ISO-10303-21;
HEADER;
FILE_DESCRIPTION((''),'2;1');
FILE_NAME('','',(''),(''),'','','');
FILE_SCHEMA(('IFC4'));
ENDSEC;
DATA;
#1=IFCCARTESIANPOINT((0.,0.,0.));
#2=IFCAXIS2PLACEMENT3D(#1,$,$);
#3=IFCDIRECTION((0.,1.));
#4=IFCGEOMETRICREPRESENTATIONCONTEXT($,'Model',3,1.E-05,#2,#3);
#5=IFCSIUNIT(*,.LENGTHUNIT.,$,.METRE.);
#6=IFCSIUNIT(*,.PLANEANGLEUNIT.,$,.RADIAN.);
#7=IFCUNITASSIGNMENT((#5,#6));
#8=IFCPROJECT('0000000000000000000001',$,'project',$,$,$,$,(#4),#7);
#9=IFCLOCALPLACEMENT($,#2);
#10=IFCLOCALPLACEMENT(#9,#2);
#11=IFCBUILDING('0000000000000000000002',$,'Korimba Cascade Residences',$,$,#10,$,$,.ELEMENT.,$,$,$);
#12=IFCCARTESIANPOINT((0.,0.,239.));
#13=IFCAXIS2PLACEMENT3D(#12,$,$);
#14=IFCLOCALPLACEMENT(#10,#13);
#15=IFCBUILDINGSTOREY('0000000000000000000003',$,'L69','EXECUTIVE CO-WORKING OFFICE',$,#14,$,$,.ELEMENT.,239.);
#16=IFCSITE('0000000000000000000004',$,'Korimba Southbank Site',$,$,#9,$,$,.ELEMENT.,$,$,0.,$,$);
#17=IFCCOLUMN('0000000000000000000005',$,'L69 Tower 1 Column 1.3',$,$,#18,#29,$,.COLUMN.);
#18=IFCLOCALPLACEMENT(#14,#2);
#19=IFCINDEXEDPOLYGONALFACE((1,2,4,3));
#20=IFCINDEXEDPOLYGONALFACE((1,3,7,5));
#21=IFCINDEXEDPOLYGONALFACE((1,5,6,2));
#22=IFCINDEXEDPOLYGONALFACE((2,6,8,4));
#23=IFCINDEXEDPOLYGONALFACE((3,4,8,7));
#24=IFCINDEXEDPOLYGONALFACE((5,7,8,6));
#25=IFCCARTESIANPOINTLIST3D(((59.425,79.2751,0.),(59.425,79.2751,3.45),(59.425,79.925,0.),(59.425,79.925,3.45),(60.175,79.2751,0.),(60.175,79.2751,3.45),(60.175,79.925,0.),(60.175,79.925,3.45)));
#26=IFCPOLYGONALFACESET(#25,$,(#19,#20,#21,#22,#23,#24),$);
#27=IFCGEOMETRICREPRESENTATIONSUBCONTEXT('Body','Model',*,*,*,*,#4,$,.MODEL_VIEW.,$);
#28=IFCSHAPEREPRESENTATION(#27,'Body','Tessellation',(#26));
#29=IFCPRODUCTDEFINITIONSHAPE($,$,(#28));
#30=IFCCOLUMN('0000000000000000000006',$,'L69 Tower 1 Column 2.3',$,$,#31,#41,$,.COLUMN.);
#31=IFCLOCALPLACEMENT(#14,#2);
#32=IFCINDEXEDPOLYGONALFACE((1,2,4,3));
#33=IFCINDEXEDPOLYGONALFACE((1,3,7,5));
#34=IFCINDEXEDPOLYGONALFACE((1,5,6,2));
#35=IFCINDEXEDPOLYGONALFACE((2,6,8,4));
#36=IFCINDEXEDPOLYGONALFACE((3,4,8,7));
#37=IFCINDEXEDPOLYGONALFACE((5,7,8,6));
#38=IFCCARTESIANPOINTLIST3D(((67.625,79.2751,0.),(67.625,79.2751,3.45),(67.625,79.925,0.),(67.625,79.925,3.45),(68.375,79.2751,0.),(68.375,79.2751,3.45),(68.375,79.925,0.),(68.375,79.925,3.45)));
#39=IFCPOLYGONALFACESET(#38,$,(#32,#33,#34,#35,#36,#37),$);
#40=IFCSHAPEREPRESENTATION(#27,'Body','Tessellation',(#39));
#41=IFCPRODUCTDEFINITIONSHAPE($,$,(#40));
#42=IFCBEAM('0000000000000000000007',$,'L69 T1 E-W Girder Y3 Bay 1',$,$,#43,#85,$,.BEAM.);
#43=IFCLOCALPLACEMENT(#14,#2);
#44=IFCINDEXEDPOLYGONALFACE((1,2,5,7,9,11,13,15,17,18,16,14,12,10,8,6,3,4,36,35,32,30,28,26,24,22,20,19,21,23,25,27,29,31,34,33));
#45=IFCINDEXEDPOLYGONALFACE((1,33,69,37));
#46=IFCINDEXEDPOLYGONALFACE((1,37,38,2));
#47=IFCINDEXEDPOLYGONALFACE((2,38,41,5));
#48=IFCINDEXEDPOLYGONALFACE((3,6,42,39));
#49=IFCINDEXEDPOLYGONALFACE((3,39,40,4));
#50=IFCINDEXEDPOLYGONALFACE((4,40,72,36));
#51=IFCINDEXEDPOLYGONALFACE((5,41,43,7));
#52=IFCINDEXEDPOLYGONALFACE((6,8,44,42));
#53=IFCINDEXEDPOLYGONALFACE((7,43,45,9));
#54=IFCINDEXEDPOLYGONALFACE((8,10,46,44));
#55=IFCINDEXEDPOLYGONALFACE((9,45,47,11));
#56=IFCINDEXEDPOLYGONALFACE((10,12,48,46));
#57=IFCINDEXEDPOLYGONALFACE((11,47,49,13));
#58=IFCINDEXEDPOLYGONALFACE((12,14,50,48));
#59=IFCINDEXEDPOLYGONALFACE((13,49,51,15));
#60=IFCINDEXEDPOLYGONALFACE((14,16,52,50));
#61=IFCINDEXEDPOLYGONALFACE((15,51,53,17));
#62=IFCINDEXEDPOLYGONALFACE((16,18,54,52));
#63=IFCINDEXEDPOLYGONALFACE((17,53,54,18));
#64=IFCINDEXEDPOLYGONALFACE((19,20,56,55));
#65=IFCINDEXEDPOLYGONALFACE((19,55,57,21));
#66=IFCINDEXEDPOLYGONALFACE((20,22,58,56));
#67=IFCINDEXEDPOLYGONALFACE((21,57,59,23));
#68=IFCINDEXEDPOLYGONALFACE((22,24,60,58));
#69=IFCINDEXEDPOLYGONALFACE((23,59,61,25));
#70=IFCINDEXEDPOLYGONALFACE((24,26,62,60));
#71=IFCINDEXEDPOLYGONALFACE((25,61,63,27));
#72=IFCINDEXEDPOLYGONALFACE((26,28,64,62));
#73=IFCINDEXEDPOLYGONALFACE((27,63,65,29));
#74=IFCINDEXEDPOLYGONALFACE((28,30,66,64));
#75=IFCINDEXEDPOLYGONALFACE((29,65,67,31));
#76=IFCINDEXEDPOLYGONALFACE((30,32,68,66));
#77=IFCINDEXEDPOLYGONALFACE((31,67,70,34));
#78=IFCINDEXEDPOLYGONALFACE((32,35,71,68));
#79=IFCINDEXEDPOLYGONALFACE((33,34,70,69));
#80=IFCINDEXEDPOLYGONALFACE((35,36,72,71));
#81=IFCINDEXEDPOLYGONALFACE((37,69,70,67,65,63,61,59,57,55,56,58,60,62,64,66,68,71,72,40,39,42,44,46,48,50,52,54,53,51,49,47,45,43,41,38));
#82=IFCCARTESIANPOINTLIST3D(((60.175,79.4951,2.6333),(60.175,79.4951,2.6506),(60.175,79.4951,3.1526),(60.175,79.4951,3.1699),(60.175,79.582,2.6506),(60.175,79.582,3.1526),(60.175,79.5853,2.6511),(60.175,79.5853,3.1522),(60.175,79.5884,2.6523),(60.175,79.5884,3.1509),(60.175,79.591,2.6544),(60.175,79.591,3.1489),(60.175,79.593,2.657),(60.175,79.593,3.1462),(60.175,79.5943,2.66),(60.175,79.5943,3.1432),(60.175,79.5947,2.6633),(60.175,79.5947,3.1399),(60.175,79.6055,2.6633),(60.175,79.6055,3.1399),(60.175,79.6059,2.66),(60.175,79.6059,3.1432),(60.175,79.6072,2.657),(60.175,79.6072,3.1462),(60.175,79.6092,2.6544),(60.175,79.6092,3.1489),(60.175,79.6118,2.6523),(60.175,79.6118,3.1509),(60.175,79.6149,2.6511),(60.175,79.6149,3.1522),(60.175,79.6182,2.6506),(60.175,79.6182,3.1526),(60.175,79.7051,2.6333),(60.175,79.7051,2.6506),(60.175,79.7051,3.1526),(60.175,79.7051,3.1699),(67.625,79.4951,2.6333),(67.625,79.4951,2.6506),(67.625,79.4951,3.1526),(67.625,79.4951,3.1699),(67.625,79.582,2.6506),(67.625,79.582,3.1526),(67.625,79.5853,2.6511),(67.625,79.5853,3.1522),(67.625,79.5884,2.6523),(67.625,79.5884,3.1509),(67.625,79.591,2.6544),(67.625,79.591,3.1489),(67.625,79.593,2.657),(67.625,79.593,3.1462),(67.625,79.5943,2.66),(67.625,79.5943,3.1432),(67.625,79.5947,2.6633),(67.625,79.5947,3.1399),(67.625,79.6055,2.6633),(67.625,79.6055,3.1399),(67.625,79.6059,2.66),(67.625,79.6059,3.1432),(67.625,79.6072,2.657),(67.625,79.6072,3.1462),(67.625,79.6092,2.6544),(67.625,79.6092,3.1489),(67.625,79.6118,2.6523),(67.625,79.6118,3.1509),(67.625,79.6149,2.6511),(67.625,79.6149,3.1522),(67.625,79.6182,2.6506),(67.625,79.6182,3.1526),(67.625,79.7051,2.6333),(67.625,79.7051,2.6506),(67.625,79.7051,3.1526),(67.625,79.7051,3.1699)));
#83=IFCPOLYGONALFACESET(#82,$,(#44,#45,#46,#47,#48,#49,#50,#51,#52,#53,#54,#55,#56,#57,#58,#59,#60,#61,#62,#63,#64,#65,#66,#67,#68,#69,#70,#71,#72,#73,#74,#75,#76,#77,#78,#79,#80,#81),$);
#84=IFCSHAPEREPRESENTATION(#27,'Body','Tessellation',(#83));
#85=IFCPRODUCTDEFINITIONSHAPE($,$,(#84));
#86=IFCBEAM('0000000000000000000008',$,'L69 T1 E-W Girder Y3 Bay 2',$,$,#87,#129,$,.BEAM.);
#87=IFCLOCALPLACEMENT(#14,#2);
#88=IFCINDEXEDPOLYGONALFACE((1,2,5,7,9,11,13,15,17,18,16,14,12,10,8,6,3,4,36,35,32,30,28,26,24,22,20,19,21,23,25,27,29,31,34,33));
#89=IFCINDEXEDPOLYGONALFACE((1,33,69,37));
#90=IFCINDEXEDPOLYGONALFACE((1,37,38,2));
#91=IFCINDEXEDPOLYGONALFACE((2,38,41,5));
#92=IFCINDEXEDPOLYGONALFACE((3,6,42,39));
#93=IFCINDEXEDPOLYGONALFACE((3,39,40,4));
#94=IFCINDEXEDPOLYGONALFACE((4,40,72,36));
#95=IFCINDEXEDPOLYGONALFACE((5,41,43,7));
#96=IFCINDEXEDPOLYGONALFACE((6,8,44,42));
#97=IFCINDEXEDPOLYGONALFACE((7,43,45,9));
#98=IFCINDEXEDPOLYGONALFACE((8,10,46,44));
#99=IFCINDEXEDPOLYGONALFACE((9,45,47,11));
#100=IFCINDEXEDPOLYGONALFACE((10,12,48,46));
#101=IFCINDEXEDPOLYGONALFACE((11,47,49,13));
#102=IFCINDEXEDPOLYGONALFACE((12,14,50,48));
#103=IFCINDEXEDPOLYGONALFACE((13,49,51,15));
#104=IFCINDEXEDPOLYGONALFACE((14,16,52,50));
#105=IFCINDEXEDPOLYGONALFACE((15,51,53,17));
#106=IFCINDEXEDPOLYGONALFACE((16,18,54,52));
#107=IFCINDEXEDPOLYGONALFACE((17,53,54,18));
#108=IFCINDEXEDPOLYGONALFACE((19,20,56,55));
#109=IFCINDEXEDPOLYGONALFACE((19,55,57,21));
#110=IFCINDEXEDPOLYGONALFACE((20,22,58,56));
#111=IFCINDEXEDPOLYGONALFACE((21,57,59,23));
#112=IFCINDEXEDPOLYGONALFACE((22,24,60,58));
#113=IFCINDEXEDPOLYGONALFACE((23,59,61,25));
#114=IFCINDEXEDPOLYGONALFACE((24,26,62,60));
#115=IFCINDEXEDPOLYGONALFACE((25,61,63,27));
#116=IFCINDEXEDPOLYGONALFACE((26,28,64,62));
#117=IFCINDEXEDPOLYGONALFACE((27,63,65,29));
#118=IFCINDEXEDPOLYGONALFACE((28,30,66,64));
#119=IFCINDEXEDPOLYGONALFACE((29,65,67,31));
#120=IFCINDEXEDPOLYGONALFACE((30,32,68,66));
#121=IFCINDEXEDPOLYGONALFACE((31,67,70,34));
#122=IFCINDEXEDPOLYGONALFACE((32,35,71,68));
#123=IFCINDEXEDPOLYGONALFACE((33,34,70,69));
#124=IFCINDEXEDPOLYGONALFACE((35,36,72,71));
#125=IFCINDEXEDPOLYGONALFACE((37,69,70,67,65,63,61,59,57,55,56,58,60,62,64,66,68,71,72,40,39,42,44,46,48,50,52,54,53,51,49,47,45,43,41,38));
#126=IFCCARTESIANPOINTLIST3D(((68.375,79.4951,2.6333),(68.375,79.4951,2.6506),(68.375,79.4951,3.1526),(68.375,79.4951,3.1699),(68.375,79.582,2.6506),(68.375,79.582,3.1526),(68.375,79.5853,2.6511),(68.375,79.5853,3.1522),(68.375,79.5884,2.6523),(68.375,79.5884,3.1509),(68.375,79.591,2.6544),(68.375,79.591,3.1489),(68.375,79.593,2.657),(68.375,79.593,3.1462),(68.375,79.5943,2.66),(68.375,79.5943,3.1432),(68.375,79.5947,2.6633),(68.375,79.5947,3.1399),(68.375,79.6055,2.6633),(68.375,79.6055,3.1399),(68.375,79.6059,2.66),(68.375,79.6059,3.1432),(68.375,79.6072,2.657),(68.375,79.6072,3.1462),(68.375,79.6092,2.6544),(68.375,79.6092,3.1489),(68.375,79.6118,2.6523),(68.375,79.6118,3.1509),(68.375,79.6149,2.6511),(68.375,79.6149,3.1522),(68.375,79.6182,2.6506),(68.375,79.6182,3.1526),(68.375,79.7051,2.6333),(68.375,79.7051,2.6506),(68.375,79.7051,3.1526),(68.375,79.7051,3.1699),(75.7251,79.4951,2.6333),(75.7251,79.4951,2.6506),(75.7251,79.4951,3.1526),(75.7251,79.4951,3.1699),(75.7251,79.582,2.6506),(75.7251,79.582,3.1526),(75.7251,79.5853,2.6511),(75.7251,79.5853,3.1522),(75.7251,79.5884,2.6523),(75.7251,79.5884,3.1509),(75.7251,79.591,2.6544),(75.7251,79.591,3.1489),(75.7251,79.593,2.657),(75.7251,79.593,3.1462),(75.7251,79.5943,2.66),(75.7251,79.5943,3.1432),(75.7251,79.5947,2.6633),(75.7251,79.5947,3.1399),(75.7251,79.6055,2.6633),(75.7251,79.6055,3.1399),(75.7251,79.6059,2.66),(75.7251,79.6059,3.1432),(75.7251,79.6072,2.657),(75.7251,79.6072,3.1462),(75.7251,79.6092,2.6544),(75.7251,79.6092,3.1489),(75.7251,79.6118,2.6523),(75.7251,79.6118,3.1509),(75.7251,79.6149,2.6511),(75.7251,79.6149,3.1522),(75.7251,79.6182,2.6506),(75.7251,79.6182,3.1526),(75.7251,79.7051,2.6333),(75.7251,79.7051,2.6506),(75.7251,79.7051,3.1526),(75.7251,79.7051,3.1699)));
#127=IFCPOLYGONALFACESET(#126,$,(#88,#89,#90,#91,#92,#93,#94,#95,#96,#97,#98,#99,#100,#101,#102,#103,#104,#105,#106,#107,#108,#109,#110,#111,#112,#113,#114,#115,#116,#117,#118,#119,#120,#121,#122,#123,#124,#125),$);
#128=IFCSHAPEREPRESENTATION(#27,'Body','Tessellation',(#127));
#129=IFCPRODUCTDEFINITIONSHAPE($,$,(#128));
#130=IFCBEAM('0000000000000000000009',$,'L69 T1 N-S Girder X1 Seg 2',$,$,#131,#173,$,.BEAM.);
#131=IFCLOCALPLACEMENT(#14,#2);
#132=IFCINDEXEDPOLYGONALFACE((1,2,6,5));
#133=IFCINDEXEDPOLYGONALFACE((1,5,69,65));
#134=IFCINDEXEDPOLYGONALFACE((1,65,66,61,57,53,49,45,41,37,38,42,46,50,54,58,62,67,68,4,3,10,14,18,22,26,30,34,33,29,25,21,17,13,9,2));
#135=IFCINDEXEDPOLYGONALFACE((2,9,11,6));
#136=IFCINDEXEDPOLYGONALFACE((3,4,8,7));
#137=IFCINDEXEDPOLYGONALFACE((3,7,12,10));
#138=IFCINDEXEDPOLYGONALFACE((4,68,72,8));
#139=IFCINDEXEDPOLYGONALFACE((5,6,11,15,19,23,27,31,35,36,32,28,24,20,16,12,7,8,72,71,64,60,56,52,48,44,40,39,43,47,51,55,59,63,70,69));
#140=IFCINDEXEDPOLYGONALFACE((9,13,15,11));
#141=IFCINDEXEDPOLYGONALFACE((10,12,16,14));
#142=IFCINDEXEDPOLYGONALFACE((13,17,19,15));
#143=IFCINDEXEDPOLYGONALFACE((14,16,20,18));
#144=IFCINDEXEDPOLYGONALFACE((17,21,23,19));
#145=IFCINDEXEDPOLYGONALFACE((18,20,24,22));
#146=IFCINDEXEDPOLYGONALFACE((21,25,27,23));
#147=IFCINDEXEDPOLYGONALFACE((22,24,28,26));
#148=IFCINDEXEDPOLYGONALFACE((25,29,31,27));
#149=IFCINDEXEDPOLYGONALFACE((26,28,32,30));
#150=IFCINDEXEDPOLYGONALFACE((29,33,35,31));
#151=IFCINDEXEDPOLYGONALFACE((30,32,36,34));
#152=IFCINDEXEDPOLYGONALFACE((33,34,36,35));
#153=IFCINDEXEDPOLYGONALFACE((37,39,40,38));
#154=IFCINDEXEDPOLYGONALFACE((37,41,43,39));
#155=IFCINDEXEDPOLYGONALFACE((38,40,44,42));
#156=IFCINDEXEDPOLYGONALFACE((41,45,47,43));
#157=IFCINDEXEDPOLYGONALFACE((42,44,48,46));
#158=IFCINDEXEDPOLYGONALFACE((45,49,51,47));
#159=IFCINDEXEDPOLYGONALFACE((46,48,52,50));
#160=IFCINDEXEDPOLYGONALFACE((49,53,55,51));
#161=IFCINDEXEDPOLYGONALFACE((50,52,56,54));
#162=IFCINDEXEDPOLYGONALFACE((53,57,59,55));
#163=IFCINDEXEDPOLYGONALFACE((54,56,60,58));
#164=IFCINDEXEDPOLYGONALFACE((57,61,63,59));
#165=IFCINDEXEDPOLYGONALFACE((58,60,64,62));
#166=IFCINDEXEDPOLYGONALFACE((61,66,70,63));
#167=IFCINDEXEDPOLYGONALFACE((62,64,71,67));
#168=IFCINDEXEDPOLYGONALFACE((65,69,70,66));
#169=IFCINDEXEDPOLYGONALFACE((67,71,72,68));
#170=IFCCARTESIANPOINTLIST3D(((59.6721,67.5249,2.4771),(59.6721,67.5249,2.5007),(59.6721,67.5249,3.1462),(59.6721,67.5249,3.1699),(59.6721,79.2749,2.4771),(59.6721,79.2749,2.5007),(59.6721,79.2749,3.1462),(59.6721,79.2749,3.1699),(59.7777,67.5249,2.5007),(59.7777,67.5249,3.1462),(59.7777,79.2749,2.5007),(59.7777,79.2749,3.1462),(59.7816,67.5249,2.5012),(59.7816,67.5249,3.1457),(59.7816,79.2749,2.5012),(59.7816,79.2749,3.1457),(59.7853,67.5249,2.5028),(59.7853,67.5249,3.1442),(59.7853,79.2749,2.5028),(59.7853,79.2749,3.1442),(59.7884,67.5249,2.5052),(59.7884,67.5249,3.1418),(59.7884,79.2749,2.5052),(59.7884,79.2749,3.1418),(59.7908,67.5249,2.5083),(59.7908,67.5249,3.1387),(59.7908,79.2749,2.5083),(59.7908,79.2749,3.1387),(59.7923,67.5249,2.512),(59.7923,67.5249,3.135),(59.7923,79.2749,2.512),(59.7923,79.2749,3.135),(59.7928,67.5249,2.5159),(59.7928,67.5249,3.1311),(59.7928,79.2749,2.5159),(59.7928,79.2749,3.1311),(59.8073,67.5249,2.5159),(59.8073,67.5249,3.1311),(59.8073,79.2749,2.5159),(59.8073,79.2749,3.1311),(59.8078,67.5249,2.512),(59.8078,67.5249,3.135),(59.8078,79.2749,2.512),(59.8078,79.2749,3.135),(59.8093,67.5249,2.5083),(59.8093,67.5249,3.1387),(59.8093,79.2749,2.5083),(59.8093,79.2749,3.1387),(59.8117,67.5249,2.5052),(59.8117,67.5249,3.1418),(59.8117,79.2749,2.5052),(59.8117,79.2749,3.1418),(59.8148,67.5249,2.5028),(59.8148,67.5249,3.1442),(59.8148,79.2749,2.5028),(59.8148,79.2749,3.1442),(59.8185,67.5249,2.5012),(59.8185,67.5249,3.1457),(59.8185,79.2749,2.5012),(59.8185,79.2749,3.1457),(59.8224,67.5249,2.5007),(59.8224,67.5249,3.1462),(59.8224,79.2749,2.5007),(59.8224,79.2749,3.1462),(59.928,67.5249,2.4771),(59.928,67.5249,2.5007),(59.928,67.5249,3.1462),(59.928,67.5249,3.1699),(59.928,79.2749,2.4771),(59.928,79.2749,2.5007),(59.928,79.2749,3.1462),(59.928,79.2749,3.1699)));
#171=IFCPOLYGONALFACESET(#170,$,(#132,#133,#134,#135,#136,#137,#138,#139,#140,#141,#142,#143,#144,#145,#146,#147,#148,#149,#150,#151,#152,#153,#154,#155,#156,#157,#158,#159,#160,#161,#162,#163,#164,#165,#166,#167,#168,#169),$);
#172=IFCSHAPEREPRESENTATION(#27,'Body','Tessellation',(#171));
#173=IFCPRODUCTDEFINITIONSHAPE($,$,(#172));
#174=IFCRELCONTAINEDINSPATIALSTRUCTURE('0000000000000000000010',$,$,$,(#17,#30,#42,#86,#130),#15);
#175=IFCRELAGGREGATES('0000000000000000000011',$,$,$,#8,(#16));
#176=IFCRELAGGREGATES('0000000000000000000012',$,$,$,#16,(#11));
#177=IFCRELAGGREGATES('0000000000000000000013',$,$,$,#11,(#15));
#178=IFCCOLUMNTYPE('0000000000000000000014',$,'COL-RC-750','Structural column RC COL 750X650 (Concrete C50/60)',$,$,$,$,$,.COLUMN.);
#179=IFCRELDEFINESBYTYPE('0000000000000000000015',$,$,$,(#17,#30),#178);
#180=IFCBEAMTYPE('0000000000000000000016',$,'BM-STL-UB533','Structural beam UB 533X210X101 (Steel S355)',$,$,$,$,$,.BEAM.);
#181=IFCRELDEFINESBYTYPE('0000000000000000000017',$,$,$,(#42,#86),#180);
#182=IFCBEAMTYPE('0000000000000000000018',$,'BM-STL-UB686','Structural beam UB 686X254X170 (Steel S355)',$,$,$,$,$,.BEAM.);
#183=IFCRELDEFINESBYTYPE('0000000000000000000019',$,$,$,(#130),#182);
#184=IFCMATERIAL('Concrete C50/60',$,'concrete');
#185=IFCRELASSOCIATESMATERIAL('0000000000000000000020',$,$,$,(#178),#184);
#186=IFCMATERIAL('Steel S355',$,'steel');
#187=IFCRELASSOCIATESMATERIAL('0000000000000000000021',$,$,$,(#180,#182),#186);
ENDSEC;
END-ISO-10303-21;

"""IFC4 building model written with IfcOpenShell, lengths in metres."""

from ifc_helpers import new_model, si_unit, direction, frame, origin, origin_2d, place, context, subcontext, project, spatial, rectangle, i_section, extrude, material, material_profile, profile_set, type_object, element, save


model = new_model("IFC4")

# Units and contexts
model_context = context("Model", 3, precision=1e-05, world=origin(), true_north=direction((0.0, 1.0)))
body_context = subcontext(model_context, "Body", "Model", "MODEL_VIEW")
ifc_project = project(units=[si_unit("LENGTHUNIT", "METRE"), si_unit("PLANEANGLEUNIT", "RADIAN")], contexts=[model_context])

# Site, building, storey
site_placement = place(None, origin())
site = spatial("IfcSite", under=ifc_project, at=site_placement, Name="Korimba Southbank Site", CompositionType="ELEMENT", RefElevation=0.0)
building_placement = place(site_placement, origin())
building = spatial("IfcBuilding", under=site, at=building_placement, Name="Korimba Cascade Residences", CompositionType="ELEMENT")
storey_placement = place(building_placement, frame((0.0, 0.0, 239.0)))
storey = spatial("IfcBuildingStorey", under=building, at=storey_placement, Name="L69", Description="EXECUTIVE CO-WORKING OFFICE", CompositionType="ELEMENT", Elevation=239.0)

# Columns
ifc_material_1 = material(Name="Concrete C50/60", Category="concrete")
ifc_material_profile_1 = material_profile(ifc_material_1, rectangle(XDim=0.75, YDim=0.6499, at=origin_2d()), Name="Concrete C50/60")
ifc_profile_set_1 = profile_set([ifc_material_profile_1], Name="Concrete C50/60")
column_type = type_object("IfcColumnType", Name="COL-RC-750", Description="Structural column RC COL 750X650 (Concrete C50/60)", PredefinedType="COLUMN", material=ifc_profile_set_1)
for number, where, z_axis, x_axis, name in (
    (1, (59.8, 79.6001, 0.0), (0.0, 0.0, 1.0), (1.0, 0.0, 0.0), "L69 Tower 1 Column 1.3"),
    (2, (68.0, 79.6001, 0.0), (0.0, 0.0, 1.0), (1.0, 0.0, 0.0), "L69 Tower 1 Column 2.3"),
):
    element("IfcColumn", number, at=place(storey_placement, frame(where, z_axis=z_axis, x_axis=x_axis)), inside=storey, type_object=column_type, Name=name, PredefinedType="COLUMN", context=body_context, shape_type="SweptSolid", body=[
        extrude(rectangle(XDim=0.75, YDim=0.6499, at=origin_2d()), origin(), (0.0, 0.0, 1.0), 3.45),
    ])

# Beams
ifc_material_2 = material(Name="Steel S355", Category="steel")
ifc_material_profile_2 = material_profile(ifc_material_2, i_section(OverallWidth=0.21, OverallDepth=0.5366, WebThickness=0.0107, FlangeThickness=0.0173, FilletRadius=0.0127, at=origin_2d()), Name="Steel S355")
ifc_profile_set_2 = profile_set([ifc_material_profile_2], Name="Steel S355")
beam_type_1 = type_object("IfcBeamType", Name="BM-STL-UB533", Description="Structural beam UB 533X210X101 (Steel S355)", PredefinedType="BEAM", material=ifc_profile_set_2)
beam_1_placement = place(storey_placement, frame((60.175, 79.6001, 2.9016), z_axis=(1.0, 0.0, 0.0), x_axis=(0.0, 1.0, 0.0)))
element("IfcBeam", 3, at=beam_1_placement, inside=storey, type_object=beam_type_1, Name="L69 T1 E-W Girder Y3 Bay 1", PredefinedType="BEAM", context=body_context, shape_type="SweptSolid", body=[
    extrude(i_section(OverallWidth=0.21, OverallDepth=0.5366, WebThickness=0.0107, FlangeThickness=0.0173, FilletRadius=0.0127, at=origin_2d()), origin(), (0.0, 0.0, 1.0), 7.45),
])
beam_2_placement = place(storey_placement, frame((68.375, 79.6001, 2.9016), z_axis=(1.0, 0.0, 0.0), x_axis=(0.0, 1.0, 0.0)))
element("IfcBeam", 4, at=beam_2_placement, inside=storey, type_object=beam_type_1, Name="L69 T1 E-W Girder Y3 Bay 2", PredefinedType="BEAM", context=body_context, shape_type="SweptSolid", body=[
    extrude(i_section(OverallWidth=0.21, OverallDepth=0.5366, WebThickness=0.0107, FlangeThickness=0.0173, FilletRadius=0.0127, at=origin_2d()), origin(), (0.0, 0.0, 1.0), 7.3501),
])
ifc_material_profile_3 = material_profile(ifc_material_2, i_section(OverallWidth=0.2559, OverallDepth=0.6929, WebThickness=0.0144, FlangeThickness=0.0237, FilletRadius=0.0151, at=origin_2d()), Name="Steel S355")
ifc_profile_set_3 = profile_set([ifc_material_profile_3], Name="Steel S355")
beam_type_2 = type_object("IfcBeamType", Name="BM-STL-UB686", Description="Structural beam UB 686X254X170 (Steel S355)", PredefinedType="BEAM", material=ifc_profile_set_3)
beam_3_placement = place(storey_placement, frame((59.8, 67.5249, 2.8235), z_axis=(0.0, 1.0, 0.0), x_axis=(-1.0, 0.0, 0.0)))
element("IfcBeam", 5, at=beam_3_placement, inside=storey, type_object=beam_type_2, Name="L69 T1 N-S Girder X1 Seg 2", PredefinedType="BEAM", context=body_context, shape_type="SweptSolid", body=[
    extrude(i_section(OverallWidth=0.2559, OverallDepth=0.6929, WebThickness=0.0144, FlangeThickness=0.0237, FilletRadius=0.0151, at=origin_2d()), origin(), (0.0, 0.0, 1.0), 11.75),
])

save(model, "model.ifc")
